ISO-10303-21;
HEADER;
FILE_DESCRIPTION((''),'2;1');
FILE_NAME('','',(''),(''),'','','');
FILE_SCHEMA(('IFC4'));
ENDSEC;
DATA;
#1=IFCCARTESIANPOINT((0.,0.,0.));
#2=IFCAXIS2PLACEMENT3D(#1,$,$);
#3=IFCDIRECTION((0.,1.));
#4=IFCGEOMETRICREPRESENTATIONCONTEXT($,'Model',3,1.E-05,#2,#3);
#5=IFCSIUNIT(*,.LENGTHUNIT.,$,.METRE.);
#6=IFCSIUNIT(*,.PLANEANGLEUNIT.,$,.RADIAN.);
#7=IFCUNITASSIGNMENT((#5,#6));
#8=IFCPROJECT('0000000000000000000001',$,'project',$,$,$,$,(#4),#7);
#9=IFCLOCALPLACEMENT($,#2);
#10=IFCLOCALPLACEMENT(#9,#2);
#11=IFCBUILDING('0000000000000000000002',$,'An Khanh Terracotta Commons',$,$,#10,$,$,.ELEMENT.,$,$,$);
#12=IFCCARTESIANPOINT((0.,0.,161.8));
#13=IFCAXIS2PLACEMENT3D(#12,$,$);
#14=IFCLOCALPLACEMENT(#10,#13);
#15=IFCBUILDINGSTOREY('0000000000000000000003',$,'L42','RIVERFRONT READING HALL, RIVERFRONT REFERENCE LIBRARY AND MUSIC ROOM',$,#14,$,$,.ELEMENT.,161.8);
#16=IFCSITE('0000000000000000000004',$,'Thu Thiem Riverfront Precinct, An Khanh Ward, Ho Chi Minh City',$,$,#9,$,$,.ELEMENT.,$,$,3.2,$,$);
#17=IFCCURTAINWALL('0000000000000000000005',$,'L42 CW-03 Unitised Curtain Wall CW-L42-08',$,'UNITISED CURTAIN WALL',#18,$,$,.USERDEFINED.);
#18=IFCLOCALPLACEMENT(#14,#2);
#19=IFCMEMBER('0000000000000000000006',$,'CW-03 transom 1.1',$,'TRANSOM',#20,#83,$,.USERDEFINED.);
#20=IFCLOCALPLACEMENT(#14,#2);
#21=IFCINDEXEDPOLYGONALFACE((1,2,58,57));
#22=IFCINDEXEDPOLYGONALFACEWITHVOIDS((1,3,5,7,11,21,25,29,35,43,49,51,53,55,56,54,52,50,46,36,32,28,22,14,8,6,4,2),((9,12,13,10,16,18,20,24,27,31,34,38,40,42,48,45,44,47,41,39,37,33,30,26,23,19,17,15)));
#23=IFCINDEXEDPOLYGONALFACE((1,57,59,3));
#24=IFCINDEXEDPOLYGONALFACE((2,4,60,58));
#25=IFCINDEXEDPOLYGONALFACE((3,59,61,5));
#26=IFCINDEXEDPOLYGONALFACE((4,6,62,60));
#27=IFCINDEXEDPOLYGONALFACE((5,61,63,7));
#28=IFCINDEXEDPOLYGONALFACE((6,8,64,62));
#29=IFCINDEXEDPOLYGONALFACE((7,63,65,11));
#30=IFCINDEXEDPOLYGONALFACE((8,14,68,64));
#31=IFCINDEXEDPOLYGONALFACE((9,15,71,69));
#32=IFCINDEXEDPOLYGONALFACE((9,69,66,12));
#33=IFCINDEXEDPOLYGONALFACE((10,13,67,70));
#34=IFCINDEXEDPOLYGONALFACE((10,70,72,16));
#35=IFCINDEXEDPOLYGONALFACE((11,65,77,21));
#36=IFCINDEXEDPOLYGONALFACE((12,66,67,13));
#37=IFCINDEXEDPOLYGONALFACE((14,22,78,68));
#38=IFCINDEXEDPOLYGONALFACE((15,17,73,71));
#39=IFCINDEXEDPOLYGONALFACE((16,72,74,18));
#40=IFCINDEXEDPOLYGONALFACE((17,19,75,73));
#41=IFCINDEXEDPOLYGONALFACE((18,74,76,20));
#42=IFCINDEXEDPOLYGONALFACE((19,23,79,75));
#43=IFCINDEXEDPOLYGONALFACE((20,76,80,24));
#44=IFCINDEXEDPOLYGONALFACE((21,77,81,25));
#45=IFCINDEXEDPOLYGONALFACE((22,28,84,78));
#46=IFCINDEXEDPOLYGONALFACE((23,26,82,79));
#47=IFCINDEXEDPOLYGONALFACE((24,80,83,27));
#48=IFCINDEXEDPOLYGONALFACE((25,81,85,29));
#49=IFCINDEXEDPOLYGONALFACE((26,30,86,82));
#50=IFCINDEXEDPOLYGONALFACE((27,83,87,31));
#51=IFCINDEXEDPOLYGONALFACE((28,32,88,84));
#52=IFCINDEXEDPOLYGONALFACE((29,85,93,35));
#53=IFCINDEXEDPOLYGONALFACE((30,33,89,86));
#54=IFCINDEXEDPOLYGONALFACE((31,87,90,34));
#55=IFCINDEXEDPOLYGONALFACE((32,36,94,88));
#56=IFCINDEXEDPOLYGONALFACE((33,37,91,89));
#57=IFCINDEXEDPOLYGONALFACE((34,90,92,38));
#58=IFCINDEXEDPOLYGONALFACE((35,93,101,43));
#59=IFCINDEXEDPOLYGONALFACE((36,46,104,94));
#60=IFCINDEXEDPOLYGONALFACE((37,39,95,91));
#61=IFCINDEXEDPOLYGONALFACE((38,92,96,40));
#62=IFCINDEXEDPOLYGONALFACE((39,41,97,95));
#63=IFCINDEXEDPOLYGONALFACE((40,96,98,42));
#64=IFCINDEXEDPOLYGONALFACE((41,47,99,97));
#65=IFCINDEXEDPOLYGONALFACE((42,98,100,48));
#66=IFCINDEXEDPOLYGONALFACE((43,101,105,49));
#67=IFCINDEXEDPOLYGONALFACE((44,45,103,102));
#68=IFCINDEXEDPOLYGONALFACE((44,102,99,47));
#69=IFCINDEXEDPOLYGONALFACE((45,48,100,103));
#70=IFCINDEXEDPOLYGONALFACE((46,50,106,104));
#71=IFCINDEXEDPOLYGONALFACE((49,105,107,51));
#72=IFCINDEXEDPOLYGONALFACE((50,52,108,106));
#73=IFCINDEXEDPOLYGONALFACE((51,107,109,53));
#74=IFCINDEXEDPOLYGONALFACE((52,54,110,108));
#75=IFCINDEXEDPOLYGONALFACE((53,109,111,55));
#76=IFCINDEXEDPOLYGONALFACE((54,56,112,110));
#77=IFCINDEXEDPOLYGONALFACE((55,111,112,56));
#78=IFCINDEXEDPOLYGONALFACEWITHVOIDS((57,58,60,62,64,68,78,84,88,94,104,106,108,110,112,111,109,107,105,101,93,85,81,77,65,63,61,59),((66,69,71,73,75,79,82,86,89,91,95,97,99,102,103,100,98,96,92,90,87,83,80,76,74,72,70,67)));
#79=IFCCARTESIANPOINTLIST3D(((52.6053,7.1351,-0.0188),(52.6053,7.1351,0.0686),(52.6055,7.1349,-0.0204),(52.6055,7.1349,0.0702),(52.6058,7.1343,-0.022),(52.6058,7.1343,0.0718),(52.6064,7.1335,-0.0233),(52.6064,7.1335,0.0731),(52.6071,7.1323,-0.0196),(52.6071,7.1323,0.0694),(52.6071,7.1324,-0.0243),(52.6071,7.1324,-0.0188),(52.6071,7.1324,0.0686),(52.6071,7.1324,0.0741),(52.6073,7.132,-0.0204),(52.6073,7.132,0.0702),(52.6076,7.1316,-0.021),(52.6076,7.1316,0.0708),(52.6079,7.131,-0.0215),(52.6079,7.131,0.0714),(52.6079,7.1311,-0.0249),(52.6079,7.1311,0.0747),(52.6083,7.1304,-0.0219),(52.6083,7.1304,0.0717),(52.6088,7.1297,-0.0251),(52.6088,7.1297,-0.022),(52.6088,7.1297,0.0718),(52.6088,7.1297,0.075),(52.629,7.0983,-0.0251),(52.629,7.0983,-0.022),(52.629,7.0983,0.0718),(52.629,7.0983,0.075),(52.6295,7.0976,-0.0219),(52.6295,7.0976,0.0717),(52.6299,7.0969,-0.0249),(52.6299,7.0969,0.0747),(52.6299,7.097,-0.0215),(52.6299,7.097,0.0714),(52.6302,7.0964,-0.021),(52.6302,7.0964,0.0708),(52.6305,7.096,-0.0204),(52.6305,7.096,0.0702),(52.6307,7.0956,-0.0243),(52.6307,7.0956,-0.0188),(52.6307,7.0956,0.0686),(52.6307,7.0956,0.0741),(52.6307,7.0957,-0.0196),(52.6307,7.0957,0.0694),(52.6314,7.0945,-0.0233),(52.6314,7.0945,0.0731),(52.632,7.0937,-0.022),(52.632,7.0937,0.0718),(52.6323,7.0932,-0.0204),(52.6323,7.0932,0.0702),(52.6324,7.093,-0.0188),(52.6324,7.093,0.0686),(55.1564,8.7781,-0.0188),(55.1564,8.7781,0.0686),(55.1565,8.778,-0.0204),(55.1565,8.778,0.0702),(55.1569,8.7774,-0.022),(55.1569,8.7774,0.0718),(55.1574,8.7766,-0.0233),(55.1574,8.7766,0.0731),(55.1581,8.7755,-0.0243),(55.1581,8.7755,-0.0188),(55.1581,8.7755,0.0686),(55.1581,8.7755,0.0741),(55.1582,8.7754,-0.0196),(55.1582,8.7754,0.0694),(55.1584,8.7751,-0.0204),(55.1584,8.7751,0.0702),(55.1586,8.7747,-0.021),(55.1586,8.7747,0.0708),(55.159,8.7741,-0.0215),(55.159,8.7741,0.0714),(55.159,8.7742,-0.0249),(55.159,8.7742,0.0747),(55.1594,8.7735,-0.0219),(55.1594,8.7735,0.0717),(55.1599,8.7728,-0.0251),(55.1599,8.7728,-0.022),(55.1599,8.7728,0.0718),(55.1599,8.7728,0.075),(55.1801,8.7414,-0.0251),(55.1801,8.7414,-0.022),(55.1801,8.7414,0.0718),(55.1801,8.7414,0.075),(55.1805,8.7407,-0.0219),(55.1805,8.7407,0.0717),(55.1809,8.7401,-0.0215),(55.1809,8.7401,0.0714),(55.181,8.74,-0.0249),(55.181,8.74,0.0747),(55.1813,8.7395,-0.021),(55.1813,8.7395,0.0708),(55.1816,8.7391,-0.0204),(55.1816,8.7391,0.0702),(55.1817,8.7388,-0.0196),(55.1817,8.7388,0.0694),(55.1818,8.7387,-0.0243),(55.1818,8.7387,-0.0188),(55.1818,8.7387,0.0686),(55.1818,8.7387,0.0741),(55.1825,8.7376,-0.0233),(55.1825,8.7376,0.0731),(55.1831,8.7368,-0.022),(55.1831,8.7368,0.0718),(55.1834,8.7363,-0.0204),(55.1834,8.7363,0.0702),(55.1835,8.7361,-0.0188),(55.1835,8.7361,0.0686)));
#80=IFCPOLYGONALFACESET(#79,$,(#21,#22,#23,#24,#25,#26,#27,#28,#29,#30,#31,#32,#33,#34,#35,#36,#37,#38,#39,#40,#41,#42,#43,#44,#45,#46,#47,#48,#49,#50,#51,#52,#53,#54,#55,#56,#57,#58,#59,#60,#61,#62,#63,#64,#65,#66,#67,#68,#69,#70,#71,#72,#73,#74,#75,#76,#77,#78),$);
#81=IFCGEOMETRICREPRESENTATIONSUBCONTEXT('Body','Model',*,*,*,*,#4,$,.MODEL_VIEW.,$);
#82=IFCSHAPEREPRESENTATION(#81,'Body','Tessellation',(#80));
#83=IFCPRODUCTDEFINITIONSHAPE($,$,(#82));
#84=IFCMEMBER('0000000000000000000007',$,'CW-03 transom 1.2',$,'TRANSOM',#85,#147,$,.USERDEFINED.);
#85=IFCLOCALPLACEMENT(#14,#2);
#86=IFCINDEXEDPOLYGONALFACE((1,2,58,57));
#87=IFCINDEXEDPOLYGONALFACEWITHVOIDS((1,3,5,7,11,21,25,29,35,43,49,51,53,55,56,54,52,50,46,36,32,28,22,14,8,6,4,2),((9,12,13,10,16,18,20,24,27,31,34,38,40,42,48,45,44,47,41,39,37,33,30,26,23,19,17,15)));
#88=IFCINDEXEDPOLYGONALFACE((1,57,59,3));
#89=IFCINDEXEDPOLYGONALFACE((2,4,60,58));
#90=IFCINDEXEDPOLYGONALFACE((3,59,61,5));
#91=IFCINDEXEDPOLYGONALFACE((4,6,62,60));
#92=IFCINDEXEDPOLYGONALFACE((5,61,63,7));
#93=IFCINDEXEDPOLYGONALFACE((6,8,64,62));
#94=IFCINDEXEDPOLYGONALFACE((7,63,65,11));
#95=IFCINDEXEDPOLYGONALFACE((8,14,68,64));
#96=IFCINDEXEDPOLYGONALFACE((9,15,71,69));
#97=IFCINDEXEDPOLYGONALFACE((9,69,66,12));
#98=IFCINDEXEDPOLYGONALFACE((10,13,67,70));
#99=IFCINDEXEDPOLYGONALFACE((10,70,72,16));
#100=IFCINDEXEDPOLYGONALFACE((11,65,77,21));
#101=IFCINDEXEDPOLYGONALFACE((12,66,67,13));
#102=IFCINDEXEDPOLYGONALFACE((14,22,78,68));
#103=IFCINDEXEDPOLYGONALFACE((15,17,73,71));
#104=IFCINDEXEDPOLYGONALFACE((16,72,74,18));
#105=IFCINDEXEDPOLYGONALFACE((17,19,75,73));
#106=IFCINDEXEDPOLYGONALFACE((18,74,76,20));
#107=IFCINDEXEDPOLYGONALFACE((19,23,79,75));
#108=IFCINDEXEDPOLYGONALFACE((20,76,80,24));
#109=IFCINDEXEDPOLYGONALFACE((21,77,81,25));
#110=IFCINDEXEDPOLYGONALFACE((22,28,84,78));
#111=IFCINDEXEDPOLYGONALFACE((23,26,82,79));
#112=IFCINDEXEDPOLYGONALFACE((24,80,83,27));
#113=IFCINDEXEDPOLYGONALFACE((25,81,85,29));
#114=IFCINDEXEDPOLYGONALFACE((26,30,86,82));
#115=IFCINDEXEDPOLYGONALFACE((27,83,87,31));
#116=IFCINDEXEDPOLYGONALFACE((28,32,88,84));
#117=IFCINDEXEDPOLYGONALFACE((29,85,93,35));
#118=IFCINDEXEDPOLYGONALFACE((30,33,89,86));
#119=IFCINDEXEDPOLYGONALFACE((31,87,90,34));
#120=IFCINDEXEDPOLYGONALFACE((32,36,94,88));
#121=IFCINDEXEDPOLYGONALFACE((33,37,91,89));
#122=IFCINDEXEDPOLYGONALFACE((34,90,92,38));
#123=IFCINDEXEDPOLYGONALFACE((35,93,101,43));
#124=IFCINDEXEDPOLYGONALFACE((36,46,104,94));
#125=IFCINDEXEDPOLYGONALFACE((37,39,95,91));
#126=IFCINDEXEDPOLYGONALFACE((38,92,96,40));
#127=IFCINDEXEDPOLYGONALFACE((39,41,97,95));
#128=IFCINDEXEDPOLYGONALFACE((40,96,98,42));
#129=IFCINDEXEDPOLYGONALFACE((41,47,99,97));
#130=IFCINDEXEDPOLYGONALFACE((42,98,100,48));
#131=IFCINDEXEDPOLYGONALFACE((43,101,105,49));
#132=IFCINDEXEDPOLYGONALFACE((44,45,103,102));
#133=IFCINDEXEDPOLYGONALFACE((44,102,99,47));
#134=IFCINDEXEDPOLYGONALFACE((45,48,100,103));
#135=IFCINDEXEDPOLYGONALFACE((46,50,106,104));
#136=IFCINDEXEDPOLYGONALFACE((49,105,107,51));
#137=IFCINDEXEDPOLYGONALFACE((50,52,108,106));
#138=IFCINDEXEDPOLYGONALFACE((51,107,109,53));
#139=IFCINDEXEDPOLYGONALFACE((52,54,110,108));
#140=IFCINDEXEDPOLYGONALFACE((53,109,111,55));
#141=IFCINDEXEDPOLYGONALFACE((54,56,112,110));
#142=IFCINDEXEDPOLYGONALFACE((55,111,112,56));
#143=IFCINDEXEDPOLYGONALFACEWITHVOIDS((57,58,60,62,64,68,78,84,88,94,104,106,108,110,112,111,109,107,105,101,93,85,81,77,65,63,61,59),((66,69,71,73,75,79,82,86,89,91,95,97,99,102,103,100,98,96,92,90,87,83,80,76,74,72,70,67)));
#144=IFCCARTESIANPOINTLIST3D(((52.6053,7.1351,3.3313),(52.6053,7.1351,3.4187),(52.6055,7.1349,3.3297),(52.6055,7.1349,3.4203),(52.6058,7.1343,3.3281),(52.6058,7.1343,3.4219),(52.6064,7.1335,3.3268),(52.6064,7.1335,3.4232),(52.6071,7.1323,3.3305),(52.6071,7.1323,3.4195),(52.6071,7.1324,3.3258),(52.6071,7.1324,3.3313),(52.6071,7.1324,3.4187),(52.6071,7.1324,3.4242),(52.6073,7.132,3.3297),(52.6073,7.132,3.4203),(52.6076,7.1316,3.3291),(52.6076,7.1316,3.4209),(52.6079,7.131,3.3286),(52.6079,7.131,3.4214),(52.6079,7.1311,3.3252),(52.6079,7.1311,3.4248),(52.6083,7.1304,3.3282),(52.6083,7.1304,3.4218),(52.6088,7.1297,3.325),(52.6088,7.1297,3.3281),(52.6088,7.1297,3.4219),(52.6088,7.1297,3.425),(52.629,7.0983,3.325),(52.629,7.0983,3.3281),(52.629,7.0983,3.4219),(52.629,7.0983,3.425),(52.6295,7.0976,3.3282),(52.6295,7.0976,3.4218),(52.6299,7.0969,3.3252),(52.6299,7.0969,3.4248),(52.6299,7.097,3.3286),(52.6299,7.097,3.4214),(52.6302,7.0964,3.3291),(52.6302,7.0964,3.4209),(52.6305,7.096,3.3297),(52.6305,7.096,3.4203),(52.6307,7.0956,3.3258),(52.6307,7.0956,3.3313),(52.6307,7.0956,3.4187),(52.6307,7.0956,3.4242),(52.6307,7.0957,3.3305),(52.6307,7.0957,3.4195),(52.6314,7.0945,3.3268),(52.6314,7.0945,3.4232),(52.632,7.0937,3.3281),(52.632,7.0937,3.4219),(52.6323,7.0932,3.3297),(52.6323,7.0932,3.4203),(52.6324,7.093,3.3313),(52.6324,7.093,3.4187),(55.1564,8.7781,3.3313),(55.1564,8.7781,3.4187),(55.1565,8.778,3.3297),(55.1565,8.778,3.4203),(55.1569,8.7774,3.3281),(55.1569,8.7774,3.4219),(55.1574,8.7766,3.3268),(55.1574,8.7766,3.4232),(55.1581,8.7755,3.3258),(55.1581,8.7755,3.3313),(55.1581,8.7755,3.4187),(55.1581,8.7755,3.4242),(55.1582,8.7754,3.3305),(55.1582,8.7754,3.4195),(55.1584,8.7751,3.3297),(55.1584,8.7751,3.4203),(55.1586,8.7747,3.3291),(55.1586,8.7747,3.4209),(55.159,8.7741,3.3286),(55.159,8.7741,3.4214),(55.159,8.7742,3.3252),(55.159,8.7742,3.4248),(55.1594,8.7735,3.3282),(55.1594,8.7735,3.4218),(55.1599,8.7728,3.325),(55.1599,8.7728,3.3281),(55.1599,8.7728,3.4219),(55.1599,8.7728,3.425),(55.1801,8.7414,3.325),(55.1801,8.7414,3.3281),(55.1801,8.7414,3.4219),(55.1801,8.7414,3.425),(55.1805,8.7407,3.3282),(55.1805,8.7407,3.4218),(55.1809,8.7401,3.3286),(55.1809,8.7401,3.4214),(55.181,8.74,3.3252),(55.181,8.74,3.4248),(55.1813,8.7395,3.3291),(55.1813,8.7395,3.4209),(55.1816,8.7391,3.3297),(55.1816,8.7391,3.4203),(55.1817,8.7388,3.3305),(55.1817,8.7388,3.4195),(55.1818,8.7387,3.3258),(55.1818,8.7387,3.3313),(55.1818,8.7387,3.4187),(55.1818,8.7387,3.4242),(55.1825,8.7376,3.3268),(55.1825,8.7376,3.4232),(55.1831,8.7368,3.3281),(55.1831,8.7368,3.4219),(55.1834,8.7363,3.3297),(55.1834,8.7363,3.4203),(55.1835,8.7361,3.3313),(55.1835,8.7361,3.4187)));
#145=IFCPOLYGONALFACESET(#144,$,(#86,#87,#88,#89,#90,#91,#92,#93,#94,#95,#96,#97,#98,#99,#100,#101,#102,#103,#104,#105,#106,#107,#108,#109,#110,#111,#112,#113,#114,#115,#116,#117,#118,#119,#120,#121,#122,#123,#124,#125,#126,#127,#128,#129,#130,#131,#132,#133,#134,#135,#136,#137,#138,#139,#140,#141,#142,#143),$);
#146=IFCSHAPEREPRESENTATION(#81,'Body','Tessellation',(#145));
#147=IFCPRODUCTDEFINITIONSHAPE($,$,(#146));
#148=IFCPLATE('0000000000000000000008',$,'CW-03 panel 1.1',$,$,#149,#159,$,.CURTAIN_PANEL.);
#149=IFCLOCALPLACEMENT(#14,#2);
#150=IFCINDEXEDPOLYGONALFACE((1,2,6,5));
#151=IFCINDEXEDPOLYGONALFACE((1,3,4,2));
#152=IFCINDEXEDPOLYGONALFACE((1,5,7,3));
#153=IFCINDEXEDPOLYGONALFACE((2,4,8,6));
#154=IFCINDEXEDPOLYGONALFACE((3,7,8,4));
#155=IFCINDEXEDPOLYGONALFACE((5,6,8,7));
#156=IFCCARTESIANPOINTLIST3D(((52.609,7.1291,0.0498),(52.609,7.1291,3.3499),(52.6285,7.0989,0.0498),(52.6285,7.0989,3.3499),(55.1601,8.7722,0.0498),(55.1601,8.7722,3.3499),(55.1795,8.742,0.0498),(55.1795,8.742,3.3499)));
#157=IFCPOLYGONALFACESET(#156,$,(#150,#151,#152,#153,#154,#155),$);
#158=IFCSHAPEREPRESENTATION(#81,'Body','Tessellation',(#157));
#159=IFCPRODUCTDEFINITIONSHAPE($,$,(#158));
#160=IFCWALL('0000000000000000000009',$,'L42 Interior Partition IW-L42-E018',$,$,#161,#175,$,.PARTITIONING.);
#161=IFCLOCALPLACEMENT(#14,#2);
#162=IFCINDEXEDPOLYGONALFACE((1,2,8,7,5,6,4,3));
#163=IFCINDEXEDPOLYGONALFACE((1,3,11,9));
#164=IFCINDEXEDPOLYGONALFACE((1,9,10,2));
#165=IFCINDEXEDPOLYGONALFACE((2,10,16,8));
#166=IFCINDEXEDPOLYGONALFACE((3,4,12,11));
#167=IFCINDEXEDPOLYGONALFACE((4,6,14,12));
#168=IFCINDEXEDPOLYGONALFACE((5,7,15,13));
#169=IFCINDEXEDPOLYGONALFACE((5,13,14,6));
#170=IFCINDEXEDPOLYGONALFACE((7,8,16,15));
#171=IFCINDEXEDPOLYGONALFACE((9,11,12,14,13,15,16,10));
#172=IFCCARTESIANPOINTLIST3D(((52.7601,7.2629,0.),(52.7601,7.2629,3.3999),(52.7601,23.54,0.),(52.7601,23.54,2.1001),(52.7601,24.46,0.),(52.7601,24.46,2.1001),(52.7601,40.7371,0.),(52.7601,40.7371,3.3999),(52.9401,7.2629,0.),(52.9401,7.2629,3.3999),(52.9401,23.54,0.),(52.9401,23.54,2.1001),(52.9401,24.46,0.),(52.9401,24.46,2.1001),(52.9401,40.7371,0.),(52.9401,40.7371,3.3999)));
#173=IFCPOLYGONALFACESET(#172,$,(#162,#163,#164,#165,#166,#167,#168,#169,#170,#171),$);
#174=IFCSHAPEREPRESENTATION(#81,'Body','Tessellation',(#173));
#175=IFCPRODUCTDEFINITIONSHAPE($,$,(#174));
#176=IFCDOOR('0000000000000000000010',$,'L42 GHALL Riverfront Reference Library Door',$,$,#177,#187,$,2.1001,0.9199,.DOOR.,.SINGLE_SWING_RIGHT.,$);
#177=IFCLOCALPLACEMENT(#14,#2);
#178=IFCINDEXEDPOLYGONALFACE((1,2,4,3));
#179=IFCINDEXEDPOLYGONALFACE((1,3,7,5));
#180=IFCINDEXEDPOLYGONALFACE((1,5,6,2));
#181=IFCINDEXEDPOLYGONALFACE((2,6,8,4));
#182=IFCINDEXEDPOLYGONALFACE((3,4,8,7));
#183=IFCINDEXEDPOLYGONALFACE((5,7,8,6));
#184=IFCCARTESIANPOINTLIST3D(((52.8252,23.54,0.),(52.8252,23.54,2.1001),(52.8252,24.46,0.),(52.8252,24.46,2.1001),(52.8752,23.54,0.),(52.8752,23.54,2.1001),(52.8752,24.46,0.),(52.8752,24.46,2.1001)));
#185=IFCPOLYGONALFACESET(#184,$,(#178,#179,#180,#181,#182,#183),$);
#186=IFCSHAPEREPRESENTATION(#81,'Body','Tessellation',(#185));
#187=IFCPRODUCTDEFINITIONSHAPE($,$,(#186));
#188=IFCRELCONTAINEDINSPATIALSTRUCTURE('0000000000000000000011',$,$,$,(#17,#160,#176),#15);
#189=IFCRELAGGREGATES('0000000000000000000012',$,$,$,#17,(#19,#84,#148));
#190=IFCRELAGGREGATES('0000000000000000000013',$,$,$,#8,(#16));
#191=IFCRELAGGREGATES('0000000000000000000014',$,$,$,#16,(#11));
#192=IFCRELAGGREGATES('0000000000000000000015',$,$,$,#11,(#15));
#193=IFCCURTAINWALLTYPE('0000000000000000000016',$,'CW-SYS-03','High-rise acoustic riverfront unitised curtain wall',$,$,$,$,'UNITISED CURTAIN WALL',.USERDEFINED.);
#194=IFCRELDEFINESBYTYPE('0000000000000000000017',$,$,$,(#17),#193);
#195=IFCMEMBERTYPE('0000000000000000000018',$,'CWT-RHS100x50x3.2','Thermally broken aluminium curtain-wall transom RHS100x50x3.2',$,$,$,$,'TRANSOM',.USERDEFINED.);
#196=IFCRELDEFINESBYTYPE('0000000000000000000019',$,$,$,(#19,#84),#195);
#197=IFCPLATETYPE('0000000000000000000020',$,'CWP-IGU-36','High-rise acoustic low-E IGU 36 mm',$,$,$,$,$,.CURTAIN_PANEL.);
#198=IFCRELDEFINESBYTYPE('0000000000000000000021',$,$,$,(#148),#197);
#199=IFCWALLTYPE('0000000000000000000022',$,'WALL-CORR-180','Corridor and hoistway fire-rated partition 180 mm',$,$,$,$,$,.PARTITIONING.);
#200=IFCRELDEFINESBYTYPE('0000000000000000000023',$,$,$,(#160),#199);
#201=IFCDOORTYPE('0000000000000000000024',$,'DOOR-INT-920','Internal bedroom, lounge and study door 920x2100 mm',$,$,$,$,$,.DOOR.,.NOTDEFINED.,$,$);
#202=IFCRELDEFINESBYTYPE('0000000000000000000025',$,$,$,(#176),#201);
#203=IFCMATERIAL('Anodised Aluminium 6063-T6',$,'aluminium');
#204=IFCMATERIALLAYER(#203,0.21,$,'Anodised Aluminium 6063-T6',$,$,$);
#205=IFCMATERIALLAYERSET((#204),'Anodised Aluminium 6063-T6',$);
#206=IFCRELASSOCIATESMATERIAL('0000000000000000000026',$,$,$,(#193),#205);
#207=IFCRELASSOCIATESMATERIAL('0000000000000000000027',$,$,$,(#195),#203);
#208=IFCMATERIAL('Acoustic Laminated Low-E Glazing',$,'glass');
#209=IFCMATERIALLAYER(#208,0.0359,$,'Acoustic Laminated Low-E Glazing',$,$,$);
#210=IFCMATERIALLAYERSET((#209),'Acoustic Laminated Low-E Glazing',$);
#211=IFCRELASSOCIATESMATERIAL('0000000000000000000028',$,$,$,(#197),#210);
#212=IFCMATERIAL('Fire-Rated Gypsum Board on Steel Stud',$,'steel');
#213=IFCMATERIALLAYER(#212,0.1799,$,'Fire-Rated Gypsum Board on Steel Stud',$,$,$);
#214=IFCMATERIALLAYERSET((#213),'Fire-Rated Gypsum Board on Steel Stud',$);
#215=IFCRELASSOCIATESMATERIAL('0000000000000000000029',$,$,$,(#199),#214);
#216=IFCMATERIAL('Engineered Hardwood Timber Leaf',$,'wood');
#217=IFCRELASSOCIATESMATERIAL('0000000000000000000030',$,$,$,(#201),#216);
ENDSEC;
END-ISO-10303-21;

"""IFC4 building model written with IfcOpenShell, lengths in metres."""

from ifc_helpers import new_model, si_unit, direction, frame, frame_2d, origin, origin_2d, place, context, subcontext, project, spatial, rectangle, hollow_rectangle, extrude, material, layer, layer_set, material_profile, profile_set, type_object, element, fill, aggregate, save


model = new_model("IFC4")

# Units and contexts
model_context = context("Model", 3, precision=1e-05, world=origin(), true_north=direction((0.0, 1.0)))
body_context = subcontext(model_context, "Body", "Model", "MODEL_VIEW")
ifc_project = project(units=[si_unit("LENGTHUNIT", "METRE"), si_unit("PLANEANGLEUNIT", "RADIAN")], contexts=[model_context])

# Site, building, storey
site_placement = place(None, origin())
site = spatial("IfcSite", under=ifc_project, at=site_placement, Name="Thu Thiem Riverfront Precinct, An Khanh Ward, Ho Chi Minh City", CompositionType="ELEMENT", RefElevation=3.2)
building_placement = place(site_placement, origin())
building = spatial("IfcBuilding", under=site, at=building_placement, Name="An Khanh Terracotta Commons", CompositionType="ELEMENT")
storey_placement = place(building_placement, frame((0.0, 0.0, 161.8)))
storey = spatial("IfcBuildingStorey", under=building, at=storey_placement, Name="L42", Description="RIVERFRONT READING HALL, RIVERFRONT REFERENCE LIBRARY AND MUSIC ROOM", CompositionType="ELEMENT", Elevation=161.8)

# Curtain wall, members, plate
ifc_material_1 = material(Name="Anodised Aluminium 6063-T6", Category="aluminium")
ifc_layer_1 = layer(ifc_material_1, 0.21, Name="Anodised Aluminium 6063-T6")
ifc_layer_set_1 = layer_set([ifc_layer_1], Name="Anodised Aluminium 6063-T6")
curtain_wall_type = type_object("IfcCurtainWallType", Name="CW-SYS-03", Description="High-rise acoustic riverfront unitised curtain wall", ElementType="UNITISED CURTAIN WALL", PredefinedType="USERDEFINED", material=ifc_layer_set_1)
curtain_wall_placement = place(storey_placement, origin())
curtain_wall = element("IfcCurtainWall", 1, at=curtain_wall_placement, inside=storey, type_object=curtain_wall_type, Name="L42 CW-03 Unitised Curtain Wall CW-L42-08", ObjectType="UNITISED CURTAIN WALL", PredefinedType="USERDEFINED")
ifc_material_profile_1 = material_profile(ifc_material_1, hollow_rectangle(XDim=0.05, YDim=0.1001, WallThickness=0.0032, InnerFilletRadius=0.0032, OuterFilletRadius=0.0063, at=origin_2d()), Name="RHS100x50x3.2")
ifc_profile_set_1 = profile_set([ifc_material_profile_1], Name="Anodised Aluminium 6063-T6")
member_type_1 = type_object("IfcMemberType", Name="CWT-RHS100x50x3.2", Description="Thermally broken aluminium curtain-wall transom RHS100x50x3.2", ElementType="TRANSOM", PredefinedType="USERDEFINED", material=ifc_profile_set_1)
member_1_placement = place(storey_placement, frame((52.6189, 7.114, 0.0249), z_axis=(0.84071, 0.541485, 0.0), x_axis=(-0.541485, 0.84071, 0.0)))
member_1 = element("IfcMember", 2, at=member_1_placement, type_object=member_type_1, Name="CW-03 transom 1.1", ObjectType="TRANSOM", PredefinedType="USERDEFINED", context=body_context, shape_type="SweptSolid", body=[
    extrude(hollow_rectangle(XDim=0.05, YDim=0.1001, WallThickness=0.0032, InnerFilletRadius=0.0032, OuterFilletRadius=0.0063, at=origin_2d()), origin(), (0.0, 0.0, 1.0), 3.0344),
])
member_2_placement = place(storey_placement, frame((52.6189, 7.114, 3.375), z_axis=(0.84071, 0.541485, 0.0), x_axis=(-0.541485, 0.84071, 0.0)))
member_2 = element("IfcMember", 3, at=member_2_placement, type_object=member_type_1, Name="CW-03 transom 1.2", ObjectType="TRANSOM", PredefinedType="USERDEFINED", context=body_context, shape_type="SweptSolid", body=[
    extrude(hollow_rectangle(XDim=0.05, YDim=0.1001, WallThickness=0.0032, InnerFilletRadius=0.0032, OuterFilletRadius=0.0063, at=origin_2d()), origin(), (0.0, 0.0, 1.0), 3.0344),
])
ifc_material_2 = material(Name="Acoustic Laminated Low-E Glazing", Category="glass")
ifc_layer_2 = layer(ifc_material_2, 0.0359, Name="Acoustic Laminated Low-E Glazing")
ifc_layer_set_2 = layer_set([ifc_layer_2], Name="Acoustic Laminated Low-E Glazing")
plate_type = type_object("IfcPlateType", Name="CWP-IGU-36", Description="High-rise acoustic low-E IGU 36 mm", PredefinedType="CURTAIN_PANEL", material=ifc_layer_set_2)
plate_placement = place(storey_placement, frame((53.8943, 7.9355, 0.0498), z_axis=(0.0, 0.0, 1.0), x_axis=(0.840702, 0.541498, 0.0)))
plate = element("IfcPlate", 4, at=plate_placement, type_object=plate_type, Name="CW-03 panel 1.1", PredefinedType="CURTAIN_PANEL", context=body_context, shape_type="SweptSolid", body=[
    extrude(rectangle(XDim=3.0344, YDim=0.0359, at=origin_2d()), origin(), (0.0, 0.0, 1.0), 3.3),
])
aggregate(curtain_wall, [member_1, member_2, plate])

# Wall, opening, door
ifc_material_3 = material(Name="Fire-Rated Gypsum Board on Steel Stud", Category="steel")
ifc_layer_3 = layer(ifc_material_3, 0.1799, Name="Fire-Rated Gypsum Board on Steel Stud")
ifc_layer_set_3 = layer_set([ifc_layer_3], Name="Fire-Rated Gypsum Board on Steel Stud")
wall_type_1 = type_object("IfcWallType", Name="WALL-CORR-180", Description="Corridor and hoistway fire-rated partition 180 mm", PredefinedType="PARTITIONING", material=ifc_layer_set_3)
wall_1_placement = place(storey_placement, frame((52.8501, 7.2629, 0.0), z_axis=(0.0, 0.0, 1.0), x_axis=(0.0, 1.0, 0.0)))
wall_1 = element("IfcWall", 5, at=wall_1_placement, inside=storey, type_object=wall_type_1, Name="L42 Interior Partition IW-L42-E018", PredefinedType="PARTITIONING", context=body_context, shape_type="SweptSolid", body=[
    extrude(rectangle(XDim=33.4741, YDim=0.1799, at=frame_2d((16.7371, 0.0))), origin(), (0.0, 0.0, 1.0), 3.3999),
])
opening_placement = place(wall_1_placement, frame((16.2771, 0.0, 0.0)))
opening = element("IfcOpeningElement", 6, at=opening_placement, cuts=wall_1, PredefinedType="OPENING", context=body_context, shape_type="SweptSolid", body=[
    extrude(rectangle(XDim=0.9199, YDim=2.1001, at=frame_2d((0.46, 1.05))), frame((0.0, 0.0999, 0.0), z_axis=(0.0, -1.0, 0.0), x_axis=(1.0, 0.0, 0.0)), (0.0, 0.0, 1.0), 0.2),
])
ifc_material_4 = material(Name="Engineered Hardwood Timber Leaf", Category="wood")
door_type = type_object("IfcDoorType", Name="DOOR-INT-920", Description="Internal bedroom, lounge and study door 920x2100 mm", OperationType="NOTDEFINED", PredefinedType="DOOR", material=ifc_material_4)
door_placement = place(opening_placement, origin())
door = element("IfcDoor", 7, at=door_placement, inside=storey, type_object=door_type, Name="L42 GHALL Riverfront Reference Library Door", OperationType="SINGLE_SWING_RIGHT", OverallHeight=2.1001, OverallWidth=0.9199, PredefinedType="DOOR", context=body_context, shape_type="SweptSolid", body=[
    extrude(rectangle(XDim=0.9199, YDim=2.1001, at=frame_2d((0.46, 1.05))), frame((0.0, 0.0249, 0.0), z_axis=(0.0, -1.0, 0.0), x_axis=(1.0, 0.0, 0.0)), (0.0, 0.0, 1.0), 0.05),
])
fill(opening, door)

save(model, "model.ifc")
